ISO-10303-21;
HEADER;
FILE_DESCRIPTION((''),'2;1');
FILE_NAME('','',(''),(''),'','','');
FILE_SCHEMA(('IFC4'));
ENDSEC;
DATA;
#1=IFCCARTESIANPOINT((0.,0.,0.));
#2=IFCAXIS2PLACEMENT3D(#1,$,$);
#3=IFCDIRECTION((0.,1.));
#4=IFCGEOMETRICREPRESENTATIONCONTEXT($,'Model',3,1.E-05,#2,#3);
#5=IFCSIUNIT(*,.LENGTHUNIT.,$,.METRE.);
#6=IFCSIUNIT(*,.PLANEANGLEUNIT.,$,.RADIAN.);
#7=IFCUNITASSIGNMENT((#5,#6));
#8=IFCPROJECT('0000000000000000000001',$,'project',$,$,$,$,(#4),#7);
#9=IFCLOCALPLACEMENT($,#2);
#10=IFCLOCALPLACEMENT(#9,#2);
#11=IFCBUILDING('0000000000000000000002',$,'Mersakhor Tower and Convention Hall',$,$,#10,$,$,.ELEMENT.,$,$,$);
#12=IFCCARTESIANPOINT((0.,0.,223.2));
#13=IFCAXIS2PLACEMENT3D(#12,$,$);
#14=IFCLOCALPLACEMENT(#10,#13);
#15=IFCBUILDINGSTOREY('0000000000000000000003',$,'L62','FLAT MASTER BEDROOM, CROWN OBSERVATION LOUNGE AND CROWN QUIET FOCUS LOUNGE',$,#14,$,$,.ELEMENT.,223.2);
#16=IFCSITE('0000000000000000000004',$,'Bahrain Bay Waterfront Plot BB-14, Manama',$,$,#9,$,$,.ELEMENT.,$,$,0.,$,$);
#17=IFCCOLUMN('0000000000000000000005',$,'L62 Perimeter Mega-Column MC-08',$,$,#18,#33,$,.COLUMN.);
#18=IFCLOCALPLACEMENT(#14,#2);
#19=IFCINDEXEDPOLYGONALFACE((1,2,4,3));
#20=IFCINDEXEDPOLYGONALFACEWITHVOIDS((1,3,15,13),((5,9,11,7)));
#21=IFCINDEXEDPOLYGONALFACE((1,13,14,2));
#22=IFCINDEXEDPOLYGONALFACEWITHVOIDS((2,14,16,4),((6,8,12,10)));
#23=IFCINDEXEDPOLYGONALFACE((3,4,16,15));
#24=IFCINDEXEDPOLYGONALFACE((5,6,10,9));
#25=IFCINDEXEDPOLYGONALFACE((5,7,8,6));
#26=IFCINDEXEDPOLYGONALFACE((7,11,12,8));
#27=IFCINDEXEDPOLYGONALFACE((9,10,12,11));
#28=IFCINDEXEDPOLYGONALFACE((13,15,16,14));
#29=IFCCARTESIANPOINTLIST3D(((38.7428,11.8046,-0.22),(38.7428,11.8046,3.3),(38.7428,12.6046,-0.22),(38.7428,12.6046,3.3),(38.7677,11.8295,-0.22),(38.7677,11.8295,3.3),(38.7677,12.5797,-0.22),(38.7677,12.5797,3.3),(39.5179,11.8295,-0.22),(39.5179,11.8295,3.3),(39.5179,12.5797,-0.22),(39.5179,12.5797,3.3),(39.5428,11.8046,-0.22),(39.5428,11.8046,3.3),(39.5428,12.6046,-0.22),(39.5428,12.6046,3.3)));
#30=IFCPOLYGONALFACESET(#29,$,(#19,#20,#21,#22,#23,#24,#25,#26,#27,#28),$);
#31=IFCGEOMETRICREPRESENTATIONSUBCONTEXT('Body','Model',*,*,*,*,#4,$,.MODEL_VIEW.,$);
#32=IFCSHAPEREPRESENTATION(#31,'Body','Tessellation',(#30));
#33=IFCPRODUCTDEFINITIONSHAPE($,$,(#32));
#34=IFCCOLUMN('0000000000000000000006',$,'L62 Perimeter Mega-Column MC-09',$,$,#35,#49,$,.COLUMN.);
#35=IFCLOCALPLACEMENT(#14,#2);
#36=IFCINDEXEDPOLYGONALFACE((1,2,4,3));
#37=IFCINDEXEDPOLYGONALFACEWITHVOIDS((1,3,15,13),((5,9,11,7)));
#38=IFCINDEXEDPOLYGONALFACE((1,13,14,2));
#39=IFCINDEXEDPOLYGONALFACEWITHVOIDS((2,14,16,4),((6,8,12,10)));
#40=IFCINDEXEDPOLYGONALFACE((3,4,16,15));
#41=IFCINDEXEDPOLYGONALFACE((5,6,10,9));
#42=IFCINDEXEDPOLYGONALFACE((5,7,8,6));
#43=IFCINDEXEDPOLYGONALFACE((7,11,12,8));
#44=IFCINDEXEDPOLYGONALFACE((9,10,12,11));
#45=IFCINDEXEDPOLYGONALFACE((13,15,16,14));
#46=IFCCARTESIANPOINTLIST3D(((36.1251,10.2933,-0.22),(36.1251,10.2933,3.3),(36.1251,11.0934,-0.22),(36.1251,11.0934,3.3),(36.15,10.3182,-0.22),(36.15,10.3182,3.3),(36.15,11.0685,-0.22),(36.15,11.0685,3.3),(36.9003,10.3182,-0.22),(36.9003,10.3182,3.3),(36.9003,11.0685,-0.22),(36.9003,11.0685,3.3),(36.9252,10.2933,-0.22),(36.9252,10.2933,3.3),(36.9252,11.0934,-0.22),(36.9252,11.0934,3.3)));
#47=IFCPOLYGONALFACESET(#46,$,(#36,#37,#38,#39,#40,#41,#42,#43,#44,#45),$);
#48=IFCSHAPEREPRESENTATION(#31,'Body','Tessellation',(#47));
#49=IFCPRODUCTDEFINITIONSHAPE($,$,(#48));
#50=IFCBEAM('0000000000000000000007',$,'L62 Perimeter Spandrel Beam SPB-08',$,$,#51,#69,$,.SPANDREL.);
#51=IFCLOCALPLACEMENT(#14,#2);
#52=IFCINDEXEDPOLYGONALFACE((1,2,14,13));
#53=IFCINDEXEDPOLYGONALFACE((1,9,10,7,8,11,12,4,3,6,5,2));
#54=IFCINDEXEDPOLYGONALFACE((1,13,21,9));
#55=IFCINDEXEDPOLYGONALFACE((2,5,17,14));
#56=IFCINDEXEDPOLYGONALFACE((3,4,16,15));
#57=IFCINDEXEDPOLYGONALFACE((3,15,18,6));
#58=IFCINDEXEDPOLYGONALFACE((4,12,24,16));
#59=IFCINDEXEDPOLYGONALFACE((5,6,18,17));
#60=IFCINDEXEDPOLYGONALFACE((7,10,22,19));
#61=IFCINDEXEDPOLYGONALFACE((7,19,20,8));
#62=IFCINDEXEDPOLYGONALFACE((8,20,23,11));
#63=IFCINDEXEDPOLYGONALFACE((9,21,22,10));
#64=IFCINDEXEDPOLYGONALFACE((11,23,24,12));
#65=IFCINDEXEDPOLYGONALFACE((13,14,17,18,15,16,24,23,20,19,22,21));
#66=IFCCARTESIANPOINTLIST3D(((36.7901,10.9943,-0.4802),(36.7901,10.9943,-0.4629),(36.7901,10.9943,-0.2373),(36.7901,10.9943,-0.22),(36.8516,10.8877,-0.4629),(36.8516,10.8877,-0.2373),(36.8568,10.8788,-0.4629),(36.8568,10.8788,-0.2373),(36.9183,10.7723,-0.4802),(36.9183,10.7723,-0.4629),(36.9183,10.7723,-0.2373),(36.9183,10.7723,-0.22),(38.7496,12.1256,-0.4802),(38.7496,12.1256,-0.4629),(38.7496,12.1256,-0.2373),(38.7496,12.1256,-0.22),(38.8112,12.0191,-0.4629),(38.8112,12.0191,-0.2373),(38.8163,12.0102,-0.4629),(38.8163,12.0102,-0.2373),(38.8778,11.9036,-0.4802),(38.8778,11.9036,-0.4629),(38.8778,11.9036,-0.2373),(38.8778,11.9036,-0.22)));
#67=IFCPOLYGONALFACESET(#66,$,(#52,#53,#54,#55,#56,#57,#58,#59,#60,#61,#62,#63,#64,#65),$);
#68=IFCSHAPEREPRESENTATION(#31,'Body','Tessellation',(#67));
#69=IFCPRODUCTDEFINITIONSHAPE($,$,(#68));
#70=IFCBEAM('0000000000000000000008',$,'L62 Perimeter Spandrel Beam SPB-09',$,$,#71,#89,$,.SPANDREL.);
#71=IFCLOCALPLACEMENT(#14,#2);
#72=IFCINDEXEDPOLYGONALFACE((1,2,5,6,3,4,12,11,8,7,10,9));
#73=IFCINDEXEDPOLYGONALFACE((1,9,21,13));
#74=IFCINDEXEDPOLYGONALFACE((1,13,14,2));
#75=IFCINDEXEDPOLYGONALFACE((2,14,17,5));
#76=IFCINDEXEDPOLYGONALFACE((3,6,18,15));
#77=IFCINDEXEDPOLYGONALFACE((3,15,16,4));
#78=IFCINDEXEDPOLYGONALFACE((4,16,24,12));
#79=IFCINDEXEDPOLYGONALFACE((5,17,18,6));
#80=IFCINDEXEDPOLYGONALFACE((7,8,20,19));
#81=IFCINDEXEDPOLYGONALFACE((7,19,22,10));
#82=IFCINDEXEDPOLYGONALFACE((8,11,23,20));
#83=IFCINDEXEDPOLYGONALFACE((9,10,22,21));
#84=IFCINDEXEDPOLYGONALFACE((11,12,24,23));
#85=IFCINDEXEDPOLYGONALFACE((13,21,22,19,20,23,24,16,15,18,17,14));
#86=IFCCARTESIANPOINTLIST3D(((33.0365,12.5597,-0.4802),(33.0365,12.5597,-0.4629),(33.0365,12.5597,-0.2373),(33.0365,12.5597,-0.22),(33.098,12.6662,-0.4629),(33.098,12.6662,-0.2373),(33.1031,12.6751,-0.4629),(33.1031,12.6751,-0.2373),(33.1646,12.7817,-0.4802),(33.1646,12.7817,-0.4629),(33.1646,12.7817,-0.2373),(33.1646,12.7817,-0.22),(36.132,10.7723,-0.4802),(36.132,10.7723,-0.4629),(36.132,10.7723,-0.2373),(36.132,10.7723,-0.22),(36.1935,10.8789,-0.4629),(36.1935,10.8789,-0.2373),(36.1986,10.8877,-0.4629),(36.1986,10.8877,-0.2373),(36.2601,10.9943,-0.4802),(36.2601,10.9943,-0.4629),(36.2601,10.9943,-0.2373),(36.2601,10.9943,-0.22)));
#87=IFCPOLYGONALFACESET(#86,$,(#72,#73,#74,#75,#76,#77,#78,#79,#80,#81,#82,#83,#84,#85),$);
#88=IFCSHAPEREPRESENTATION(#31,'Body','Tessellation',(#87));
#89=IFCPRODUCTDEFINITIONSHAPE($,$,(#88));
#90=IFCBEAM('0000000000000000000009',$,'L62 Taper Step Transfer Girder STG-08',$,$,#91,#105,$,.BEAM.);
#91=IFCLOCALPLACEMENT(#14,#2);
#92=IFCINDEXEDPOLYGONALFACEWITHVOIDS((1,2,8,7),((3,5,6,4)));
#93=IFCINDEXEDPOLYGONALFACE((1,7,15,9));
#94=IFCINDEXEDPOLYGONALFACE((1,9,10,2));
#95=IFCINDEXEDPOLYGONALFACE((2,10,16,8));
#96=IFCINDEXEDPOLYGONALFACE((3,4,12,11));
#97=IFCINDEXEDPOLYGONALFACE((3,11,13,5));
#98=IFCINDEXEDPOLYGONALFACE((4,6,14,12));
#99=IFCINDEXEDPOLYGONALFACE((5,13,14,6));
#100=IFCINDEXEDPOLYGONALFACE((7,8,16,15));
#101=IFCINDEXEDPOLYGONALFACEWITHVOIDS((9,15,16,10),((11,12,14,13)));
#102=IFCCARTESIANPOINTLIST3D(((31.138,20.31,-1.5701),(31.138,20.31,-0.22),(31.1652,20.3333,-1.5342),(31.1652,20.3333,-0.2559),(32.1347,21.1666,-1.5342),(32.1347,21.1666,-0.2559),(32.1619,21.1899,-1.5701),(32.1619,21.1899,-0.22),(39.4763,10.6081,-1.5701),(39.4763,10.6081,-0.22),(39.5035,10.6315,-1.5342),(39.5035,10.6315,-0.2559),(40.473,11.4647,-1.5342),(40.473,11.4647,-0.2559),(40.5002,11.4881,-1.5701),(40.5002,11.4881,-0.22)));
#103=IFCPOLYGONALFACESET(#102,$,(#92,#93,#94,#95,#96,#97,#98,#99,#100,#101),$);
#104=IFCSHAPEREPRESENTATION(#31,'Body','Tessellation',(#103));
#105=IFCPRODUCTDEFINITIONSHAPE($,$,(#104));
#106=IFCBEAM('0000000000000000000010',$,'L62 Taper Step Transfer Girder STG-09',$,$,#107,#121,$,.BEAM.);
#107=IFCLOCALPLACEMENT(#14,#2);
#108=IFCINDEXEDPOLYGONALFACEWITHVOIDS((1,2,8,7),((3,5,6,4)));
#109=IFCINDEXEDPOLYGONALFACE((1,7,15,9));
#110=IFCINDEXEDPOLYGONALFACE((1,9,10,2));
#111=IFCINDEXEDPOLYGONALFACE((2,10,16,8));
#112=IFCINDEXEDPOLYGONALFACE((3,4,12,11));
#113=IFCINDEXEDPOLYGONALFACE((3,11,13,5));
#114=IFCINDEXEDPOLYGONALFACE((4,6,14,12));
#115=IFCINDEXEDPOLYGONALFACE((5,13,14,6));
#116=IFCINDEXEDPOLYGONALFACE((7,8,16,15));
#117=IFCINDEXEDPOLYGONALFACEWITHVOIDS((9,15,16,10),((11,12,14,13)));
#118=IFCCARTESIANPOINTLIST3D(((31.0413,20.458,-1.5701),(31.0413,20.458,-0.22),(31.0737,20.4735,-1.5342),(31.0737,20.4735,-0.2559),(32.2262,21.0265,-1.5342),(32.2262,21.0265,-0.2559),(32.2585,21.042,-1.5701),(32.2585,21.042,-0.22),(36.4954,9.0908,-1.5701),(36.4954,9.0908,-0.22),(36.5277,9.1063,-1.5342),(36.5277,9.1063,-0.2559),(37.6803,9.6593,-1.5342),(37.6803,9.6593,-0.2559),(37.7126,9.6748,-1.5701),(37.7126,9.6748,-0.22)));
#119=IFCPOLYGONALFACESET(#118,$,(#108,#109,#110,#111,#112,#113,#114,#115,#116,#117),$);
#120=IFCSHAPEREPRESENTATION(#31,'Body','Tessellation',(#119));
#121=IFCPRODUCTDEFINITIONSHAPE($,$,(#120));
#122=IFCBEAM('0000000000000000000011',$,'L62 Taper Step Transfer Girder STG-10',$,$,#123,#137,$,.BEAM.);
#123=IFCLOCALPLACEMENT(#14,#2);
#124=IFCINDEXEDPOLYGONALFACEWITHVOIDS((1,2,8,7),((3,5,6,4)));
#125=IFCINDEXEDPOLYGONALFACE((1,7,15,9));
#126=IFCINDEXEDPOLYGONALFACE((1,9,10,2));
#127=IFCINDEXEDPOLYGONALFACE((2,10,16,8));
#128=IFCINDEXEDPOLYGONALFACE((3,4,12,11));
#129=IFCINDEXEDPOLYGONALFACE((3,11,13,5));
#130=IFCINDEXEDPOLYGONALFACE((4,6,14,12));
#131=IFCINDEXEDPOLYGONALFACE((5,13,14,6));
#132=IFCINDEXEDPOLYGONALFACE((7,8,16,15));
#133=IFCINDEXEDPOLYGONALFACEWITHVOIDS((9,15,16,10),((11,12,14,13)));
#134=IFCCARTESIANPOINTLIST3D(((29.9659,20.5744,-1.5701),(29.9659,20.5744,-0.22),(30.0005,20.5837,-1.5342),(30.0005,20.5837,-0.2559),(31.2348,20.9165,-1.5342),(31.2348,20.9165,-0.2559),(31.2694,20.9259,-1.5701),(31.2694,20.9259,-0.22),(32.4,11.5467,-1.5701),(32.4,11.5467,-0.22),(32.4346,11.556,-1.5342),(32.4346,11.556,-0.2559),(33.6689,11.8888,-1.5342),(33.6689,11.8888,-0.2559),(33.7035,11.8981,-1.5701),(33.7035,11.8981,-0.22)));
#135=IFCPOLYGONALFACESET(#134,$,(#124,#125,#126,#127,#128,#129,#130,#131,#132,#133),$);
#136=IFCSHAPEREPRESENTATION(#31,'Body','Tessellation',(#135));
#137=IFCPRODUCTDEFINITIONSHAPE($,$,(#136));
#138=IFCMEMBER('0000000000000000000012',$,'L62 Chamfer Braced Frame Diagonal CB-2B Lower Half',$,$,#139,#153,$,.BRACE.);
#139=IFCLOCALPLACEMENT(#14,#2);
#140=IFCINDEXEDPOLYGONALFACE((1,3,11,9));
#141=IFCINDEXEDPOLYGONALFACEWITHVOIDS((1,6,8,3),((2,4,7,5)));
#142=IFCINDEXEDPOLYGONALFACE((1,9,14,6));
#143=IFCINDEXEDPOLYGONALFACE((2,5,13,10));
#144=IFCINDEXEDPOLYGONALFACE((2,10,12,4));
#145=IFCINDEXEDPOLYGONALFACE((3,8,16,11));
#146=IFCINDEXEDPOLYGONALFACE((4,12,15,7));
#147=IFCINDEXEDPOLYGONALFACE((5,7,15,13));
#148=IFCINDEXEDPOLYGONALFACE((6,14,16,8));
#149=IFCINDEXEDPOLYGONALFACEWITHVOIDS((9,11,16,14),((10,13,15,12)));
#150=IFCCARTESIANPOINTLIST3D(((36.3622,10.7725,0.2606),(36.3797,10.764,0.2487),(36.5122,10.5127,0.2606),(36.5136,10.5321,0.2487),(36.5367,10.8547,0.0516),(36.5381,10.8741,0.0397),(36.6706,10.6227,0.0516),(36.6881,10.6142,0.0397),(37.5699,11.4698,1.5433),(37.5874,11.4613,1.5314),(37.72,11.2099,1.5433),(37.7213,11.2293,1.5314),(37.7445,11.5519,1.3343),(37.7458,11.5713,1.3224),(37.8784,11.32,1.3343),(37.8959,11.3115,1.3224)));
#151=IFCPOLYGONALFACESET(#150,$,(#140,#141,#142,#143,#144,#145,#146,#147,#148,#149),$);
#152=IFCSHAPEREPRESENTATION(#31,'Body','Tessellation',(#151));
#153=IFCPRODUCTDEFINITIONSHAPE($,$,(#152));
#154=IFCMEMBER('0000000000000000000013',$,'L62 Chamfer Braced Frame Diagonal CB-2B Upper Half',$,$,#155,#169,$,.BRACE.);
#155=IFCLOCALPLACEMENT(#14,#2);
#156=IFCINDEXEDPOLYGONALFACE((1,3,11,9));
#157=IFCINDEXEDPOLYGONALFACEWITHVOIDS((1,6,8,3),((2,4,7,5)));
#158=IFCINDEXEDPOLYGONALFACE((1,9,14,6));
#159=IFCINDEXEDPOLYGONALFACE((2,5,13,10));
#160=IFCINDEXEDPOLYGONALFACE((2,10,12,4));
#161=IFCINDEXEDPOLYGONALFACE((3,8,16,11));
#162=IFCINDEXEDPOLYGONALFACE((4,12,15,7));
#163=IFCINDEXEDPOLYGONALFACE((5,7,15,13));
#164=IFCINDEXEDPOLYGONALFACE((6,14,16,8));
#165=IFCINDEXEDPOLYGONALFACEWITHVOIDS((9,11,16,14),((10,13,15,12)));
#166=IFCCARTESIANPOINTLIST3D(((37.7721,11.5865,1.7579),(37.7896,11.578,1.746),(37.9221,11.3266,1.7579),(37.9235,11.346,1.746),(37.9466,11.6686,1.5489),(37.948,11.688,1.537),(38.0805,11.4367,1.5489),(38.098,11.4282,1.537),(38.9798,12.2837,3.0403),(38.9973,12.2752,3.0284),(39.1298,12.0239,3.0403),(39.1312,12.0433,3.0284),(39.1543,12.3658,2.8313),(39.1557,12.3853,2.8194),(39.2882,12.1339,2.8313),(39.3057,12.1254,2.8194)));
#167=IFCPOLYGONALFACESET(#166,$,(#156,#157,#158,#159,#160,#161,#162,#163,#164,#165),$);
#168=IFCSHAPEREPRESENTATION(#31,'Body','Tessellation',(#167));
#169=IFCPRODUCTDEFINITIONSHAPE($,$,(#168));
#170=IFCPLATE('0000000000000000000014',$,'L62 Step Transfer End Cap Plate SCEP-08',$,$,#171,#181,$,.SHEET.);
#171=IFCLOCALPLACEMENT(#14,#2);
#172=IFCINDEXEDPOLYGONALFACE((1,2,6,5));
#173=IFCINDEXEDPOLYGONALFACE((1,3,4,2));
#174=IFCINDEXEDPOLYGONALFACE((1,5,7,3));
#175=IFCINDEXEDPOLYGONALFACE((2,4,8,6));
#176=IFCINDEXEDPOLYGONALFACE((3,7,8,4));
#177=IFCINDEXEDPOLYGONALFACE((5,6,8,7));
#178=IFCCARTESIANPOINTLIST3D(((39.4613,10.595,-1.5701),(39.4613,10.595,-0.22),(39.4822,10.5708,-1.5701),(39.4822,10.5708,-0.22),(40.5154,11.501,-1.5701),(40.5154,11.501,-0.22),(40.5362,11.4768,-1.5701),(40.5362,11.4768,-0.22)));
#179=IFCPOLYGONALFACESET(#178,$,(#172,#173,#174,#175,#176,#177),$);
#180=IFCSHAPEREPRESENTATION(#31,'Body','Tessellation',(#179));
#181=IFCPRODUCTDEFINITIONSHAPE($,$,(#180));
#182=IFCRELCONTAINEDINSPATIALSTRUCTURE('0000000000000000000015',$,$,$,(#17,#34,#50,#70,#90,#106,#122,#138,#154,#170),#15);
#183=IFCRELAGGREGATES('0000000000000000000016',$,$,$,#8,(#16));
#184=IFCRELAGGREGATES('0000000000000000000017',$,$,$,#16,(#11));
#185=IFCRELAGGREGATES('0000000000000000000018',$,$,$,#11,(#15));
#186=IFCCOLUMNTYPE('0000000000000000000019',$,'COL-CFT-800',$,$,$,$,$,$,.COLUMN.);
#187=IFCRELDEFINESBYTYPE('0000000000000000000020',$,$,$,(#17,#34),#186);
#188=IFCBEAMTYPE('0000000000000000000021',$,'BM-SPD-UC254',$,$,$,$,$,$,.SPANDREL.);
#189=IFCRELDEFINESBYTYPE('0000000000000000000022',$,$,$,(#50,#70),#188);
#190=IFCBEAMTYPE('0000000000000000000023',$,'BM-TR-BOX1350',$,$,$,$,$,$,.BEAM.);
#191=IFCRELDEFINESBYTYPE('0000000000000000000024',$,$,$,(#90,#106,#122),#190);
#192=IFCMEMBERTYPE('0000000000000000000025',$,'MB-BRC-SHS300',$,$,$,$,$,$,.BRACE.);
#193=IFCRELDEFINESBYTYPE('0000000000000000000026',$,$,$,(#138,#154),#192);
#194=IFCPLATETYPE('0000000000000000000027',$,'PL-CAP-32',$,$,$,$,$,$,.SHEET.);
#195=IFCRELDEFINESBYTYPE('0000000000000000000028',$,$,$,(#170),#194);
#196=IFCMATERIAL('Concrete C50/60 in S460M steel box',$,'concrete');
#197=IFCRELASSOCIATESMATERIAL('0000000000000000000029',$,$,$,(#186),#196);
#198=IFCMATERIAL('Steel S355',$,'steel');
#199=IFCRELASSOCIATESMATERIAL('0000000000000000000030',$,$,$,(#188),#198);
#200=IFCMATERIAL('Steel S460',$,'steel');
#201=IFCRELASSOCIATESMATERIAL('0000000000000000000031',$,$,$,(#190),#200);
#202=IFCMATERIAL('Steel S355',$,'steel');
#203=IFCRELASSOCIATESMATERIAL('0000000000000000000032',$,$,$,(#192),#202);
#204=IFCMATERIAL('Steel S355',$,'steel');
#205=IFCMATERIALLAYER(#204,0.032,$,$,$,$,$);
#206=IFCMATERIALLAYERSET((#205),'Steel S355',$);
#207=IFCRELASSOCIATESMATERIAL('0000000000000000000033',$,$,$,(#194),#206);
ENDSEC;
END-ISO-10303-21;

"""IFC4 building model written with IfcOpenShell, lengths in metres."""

from ifc_helpers import new_model, si_unit, direction, frame, origin, origin_2d, place, context, subcontext, project, spatial, rectangle, hollow_rectangle, i_section, extrude, material, layer, layer_set, material_profile, profile_set, type_object, element, save


model = new_model("IFC4")

# Units and contexts
model_context = context("Model", 3, precision=1e-05, world=origin(), true_north=direction((0.0, 1.0)))
body_context = subcontext(model_context, "Body", "Model", "MODEL_VIEW")
ifc_project = project(units=[si_unit("LENGTHUNIT", "METRE"), si_unit("PLANEANGLEUNIT", "RADIAN")], contexts=[model_context])

# Site, building, storey
site_placement = place(None, origin())
site = spatial("IfcSite", under=ifc_project, at=site_placement, Name="Bahrain Bay Waterfront Plot BB-14, Manama", CompositionType="ELEMENT", RefElevation=0.0)
building_placement = place(site_placement, origin())
building = spatial("IfcBuilding", under=site, at=building_placement, Name="Mersakhor Tower and Convention Hall", CompositionType="ELEMENT")
storey_placement = place(building_placement, frame((0.0, 0.0, 223.2)))
storey = spatial("IfcBuildingStorey", under=building, at=storey_placement, Name="L62", Description="FLAT MASTER BEDROOM, CROWN OBSERVATION LOUNGE AND CROWN QUIET FOCUS LOUNGE", CompositionType="ELEMENT", Elevation=223.2)

# Columns
ifc_material_1 = material(Name="Concrete C50/60 in S460M steel box", Category="concrete")
ifc_material_profile_1 = material_profile(ifc_material_1, hollow_rectangle(XDim=0.8, YDim=0.8, WallThickness=0.0249, at=origin_2d()), Name="SHS 800x800x25")
ifc_profile_set_1 = profile_set([ifc_material_profile_1], Name="Concrete C50/60 in S460M steel box")
column_type = type_object("IfcColumnType", Name="COL-CFT-800", PredefinedType="COLUMN", material=ifc_profile_set_1)
for number, where, z_axis, x_axis, name in (
    (1, (39.1428, 12.2046, -0.22), (0.0, 0.0, 1.0), (1.0, 0.0, 0.0), "L62 Perimeter Mega-Column MC-08"),
    (2, (36.5251, 10.6934, -0.22), (0.0, 0.0, 1.0), (1.0, 0.0, 0.0), "L62 Perimeter Mega-Column MC-09"),
):
    element("IfcColumn", number, at=place(storey_placement, frame(where, z_axis=z_axis, x_axis=x_axis)), inside=storey, type_object=column_type, Name=name, PredefinedType="COLUMN", context=body_context, shape_type="SweptSolid", body=[
        extrude(hollow_rectangle(XDim=0.8, YDim=0.8, WallThickness=0.0249, at=origin_2d()), origin(), (0.0, 0.0, 1.0), 3.52),
    ])

# Beams
ifc_material_2 = material(Name="Steel S355", Category="steel")
ifc_material_profile_2 = material_profile(ifc_material_2, i_section(OverallWidth=0.2563, OverallDepth=0.2603, WebThickness=0.0103, FlangeThickness=0.0173, at=origin_2d()), Name="UC 254x254x89")
ifc_profile_set_2 = profile_set([ifc_material_profile_2], Name="Steel S355")
beam_type_1 = type_object("IfcBeamType", Name="BM-SPD-UC254", PredefinedType="SPANDREL", material=ifc_profile_set_2)
beam_1_placement = place(storey_placement, frame((38.8137, 12.0146, -0.3501), z_axis=(-0.866017, -0.500015, 0.0), x_axis=(0.500015, -0.866017, 0.0)))
element("IfcBeam", 3, at=beam_1_placement, inside=storey, type_object=beam_type_1, Name="L62 Perimeter Spandrel Beam SPB-08", PredefinedType="SPANDREL", context=body_context, shape_type="SweptSolid", body=[
    extrude(i_section(OverallWidth=0.2563, OverallDepth=0.2603, WebThickness=0.0103, FlangeThickness=0.0173, at=origin_2d()), origin(), (0.0, 0.0, 1.0), 2.2627),
])
beam_2_placement = place(storey_placement, frame((36.196, 10.8833, -0.3501), z_axis=(-0.866002, 0.50004, 0.0), x_axis=(-0.50004, -0.866002, 0.0)))
element("IfcBeam", 4, at=beam_2_placement, inside=storey, type_object=beam_type_1, Name="L62 Perimeter Spandrel Beam SPB-09", PredefinedType="SPANDREL", context=body_context, shape_type="SweptSolid", body=[
    extrude(i_section(OverallWidth=0.2563, OverallDepth=0.2603, WebThickness=0.0103, FlangeThickness=0.0173, at=origin_2d()), origin(), (0.0, 0.0, 1.0), 3.5745),
])
ifc_material_3 = material(Name="Steel S460", Category="steel")
ifc_material_profile_3 = material_profile(ifc_material_3, hollow_rectangle(XDim=1.3501, YDim=1.3501, WallThickness=0.0359, at=origin_2d()), Name="SHS 1350x1350x36")
ifc_profile_set_3 = profile_set([ifc_material_profile_3], Name="Steel S460")
beam_type_2 = type_object("IfcBeamType", Name="BM-TR-BOX1350", PredefinedType="BEAM", material=ifc_profile_set_3)
beam_3_placement = place(storey_placement, frame((39.9883, 11.0481, -0.895), z_axis=(-0.651803, 0.758388, 0.0), x_axis=(-0.758388, -0.651803, 0.0)))
element("IfcBeam", 5, at=beam_3_placement, inside=storey, type_object=beam_type_2, Name="L62 Taper Step Transfer Girder STG-08", PredefinedType="BEAM", context=body_context, shape_type="SweptSolid", body=[
    extrude(hollow_rectangle(XDim=1.3501, YDim=1.3501, WallThickness=0.0359, at=origin_2d()), origin(), (0.0, 0.0, 1.0), 12.7927),
])
beam_4_placement = place(storey_placement, frame((37.104, 9.3828, -0.895), z_axis=(-0.432593, 0.90159, 0.0), x_axis=(-0.90159, -0.432593, 0.0)))
element("IfcBeam", 6, at=beam_4_placement, inside=storey, type_object=beam_type_2, Name="L62 Taper Step Transfer Girder STG-09", PredefinedType="BEAM", context=body_context, shape_type="SweptSolid", body=[
    extrude(hollow_rectangle(XDim=1.3501, YDim=1.3501, WallThickness=0.0359, at=origin_2d()), origin(), (0.0, 0.0, 1.0), 12.6079),
])
beam_5_placement = place(storey_placement, frame((33.0518, 11.7224, -0.895), z_axis=(-0.26033, 0.96552, 0.0), x_axis=(-0.96552, -0.26033, 0.0)))
element("IfcBeam", 7, at=beam_5_placement, inside=storey, type_object=beam_type_2, Name="L62 Taper Step Transfer Girder STG-10", PredefinedType="BEAM", context=body_context, shape_type="SweptSolid", body=[
    extrude(hollow_rectangle(XDim=1.3501, YDim=1.3501, WallThickness=0.0359, at=origin_2d()), origin(), (0.0, 0.0, 1.0), 9.3501),
])

# Members
ifc_material_4 = material(Name="Steel S355", Category="steel")
ifc_material_profile_4 = material_profile(ifc_material_4, hollow_rectangle(XDim=0.3, YDim=0.3, WallThickness=0.0161, at=origin_2d()), Name="SHS 300x300x16")
ifc_profile_set_4 = profile_set([ifc_material_profile_4], Name="Steel S355")
member_type = type_object("IfcMemberType", Name="MB-BRC-SHS300", PredefinedType="BRACE", material=ifc_profile_set_4)
member_1_placement = place(storey_placement, frame((36.5251, 10.6934, 0.1501), z_axis=(0.637413, 0.367991, 0.676969), x_axis=(-0.49998, 0.866037, 0.0)))
element("IfcMember", 8, at=member_1_placement, inside=storey, type_object=member_type, Name="L62 Chamfer Braced Frame Diagonal CB-2B Lower Half", PredefinedType="BRACE", context=body_context, shape_type="SweptSolid", body=[
    extrude(hollow_rectangle(XDim=0.3, YDim=0.3, WallThickness=0.0161, at=origin_2d()), origin(), (0.0, 0.0, 1.0), 1.8948),
])
member_2_placement = place(storey_placement, frame((37.9351, 11.5073, 1.6475), z_axis=(0.637468, 0.368023, 0.6769), x_axis=(-0.49998, 0.866037, 0.0)))
element("IfcMember", 9, at=member_2_placement, inside=storey, type_object=member_type, Name="L62 Chamfer Braced Frame Diagonal CB-2B Upper Half", PredefinedType="BRACE", context=body_context, shape_type="SweptSolid", body=[
    extrude(hollow_rectangle(XDim=0.3, YDim=0.3, WallThickness=0.0161, at=origin_2d()), origin(), (0.0, 0.0, 1.0), 1.8945),
])

# Plate
ifc_material_5 = material(Name="Steel S355", Category="steel")
ifc_layer_1 = layer(ifc_material_5, 0.032)
ifc_layer_set_1 = layer_set([ifc_layer_1], Name="Steel S355")
plate_type_1 = type_object("IfcPlateType", Name="PL-CAP-32", PredefinedType="SHEET", material=ifc_layer_set_1)
for number, where, z_axis, x_axis, name in (
    (10, (39.9988, 11.0359, -1.5701), (0.0, 0.0, 1.0), (-0.651834, 0.758362, 0.0), "L62 Step Transfer End Cap Plate SCEP-08"),
):
    element("IfcPlate", number, at=place(storey_placement, frame(where, z_axis=z_axis, x_axis=x_axis)), inside=storey, type_object=plate_type_1, Name=name, PredefinedType="SHEET", context=body_context, shape_type="SweptSolid", body=[
        extrude(rectangle(XDim=0.032, YDim=1.3899, at=origin_2d()), origin(), (0.0, 0.0, 1.0), 1.3501),
    ])

save(model, "model.ifc")
